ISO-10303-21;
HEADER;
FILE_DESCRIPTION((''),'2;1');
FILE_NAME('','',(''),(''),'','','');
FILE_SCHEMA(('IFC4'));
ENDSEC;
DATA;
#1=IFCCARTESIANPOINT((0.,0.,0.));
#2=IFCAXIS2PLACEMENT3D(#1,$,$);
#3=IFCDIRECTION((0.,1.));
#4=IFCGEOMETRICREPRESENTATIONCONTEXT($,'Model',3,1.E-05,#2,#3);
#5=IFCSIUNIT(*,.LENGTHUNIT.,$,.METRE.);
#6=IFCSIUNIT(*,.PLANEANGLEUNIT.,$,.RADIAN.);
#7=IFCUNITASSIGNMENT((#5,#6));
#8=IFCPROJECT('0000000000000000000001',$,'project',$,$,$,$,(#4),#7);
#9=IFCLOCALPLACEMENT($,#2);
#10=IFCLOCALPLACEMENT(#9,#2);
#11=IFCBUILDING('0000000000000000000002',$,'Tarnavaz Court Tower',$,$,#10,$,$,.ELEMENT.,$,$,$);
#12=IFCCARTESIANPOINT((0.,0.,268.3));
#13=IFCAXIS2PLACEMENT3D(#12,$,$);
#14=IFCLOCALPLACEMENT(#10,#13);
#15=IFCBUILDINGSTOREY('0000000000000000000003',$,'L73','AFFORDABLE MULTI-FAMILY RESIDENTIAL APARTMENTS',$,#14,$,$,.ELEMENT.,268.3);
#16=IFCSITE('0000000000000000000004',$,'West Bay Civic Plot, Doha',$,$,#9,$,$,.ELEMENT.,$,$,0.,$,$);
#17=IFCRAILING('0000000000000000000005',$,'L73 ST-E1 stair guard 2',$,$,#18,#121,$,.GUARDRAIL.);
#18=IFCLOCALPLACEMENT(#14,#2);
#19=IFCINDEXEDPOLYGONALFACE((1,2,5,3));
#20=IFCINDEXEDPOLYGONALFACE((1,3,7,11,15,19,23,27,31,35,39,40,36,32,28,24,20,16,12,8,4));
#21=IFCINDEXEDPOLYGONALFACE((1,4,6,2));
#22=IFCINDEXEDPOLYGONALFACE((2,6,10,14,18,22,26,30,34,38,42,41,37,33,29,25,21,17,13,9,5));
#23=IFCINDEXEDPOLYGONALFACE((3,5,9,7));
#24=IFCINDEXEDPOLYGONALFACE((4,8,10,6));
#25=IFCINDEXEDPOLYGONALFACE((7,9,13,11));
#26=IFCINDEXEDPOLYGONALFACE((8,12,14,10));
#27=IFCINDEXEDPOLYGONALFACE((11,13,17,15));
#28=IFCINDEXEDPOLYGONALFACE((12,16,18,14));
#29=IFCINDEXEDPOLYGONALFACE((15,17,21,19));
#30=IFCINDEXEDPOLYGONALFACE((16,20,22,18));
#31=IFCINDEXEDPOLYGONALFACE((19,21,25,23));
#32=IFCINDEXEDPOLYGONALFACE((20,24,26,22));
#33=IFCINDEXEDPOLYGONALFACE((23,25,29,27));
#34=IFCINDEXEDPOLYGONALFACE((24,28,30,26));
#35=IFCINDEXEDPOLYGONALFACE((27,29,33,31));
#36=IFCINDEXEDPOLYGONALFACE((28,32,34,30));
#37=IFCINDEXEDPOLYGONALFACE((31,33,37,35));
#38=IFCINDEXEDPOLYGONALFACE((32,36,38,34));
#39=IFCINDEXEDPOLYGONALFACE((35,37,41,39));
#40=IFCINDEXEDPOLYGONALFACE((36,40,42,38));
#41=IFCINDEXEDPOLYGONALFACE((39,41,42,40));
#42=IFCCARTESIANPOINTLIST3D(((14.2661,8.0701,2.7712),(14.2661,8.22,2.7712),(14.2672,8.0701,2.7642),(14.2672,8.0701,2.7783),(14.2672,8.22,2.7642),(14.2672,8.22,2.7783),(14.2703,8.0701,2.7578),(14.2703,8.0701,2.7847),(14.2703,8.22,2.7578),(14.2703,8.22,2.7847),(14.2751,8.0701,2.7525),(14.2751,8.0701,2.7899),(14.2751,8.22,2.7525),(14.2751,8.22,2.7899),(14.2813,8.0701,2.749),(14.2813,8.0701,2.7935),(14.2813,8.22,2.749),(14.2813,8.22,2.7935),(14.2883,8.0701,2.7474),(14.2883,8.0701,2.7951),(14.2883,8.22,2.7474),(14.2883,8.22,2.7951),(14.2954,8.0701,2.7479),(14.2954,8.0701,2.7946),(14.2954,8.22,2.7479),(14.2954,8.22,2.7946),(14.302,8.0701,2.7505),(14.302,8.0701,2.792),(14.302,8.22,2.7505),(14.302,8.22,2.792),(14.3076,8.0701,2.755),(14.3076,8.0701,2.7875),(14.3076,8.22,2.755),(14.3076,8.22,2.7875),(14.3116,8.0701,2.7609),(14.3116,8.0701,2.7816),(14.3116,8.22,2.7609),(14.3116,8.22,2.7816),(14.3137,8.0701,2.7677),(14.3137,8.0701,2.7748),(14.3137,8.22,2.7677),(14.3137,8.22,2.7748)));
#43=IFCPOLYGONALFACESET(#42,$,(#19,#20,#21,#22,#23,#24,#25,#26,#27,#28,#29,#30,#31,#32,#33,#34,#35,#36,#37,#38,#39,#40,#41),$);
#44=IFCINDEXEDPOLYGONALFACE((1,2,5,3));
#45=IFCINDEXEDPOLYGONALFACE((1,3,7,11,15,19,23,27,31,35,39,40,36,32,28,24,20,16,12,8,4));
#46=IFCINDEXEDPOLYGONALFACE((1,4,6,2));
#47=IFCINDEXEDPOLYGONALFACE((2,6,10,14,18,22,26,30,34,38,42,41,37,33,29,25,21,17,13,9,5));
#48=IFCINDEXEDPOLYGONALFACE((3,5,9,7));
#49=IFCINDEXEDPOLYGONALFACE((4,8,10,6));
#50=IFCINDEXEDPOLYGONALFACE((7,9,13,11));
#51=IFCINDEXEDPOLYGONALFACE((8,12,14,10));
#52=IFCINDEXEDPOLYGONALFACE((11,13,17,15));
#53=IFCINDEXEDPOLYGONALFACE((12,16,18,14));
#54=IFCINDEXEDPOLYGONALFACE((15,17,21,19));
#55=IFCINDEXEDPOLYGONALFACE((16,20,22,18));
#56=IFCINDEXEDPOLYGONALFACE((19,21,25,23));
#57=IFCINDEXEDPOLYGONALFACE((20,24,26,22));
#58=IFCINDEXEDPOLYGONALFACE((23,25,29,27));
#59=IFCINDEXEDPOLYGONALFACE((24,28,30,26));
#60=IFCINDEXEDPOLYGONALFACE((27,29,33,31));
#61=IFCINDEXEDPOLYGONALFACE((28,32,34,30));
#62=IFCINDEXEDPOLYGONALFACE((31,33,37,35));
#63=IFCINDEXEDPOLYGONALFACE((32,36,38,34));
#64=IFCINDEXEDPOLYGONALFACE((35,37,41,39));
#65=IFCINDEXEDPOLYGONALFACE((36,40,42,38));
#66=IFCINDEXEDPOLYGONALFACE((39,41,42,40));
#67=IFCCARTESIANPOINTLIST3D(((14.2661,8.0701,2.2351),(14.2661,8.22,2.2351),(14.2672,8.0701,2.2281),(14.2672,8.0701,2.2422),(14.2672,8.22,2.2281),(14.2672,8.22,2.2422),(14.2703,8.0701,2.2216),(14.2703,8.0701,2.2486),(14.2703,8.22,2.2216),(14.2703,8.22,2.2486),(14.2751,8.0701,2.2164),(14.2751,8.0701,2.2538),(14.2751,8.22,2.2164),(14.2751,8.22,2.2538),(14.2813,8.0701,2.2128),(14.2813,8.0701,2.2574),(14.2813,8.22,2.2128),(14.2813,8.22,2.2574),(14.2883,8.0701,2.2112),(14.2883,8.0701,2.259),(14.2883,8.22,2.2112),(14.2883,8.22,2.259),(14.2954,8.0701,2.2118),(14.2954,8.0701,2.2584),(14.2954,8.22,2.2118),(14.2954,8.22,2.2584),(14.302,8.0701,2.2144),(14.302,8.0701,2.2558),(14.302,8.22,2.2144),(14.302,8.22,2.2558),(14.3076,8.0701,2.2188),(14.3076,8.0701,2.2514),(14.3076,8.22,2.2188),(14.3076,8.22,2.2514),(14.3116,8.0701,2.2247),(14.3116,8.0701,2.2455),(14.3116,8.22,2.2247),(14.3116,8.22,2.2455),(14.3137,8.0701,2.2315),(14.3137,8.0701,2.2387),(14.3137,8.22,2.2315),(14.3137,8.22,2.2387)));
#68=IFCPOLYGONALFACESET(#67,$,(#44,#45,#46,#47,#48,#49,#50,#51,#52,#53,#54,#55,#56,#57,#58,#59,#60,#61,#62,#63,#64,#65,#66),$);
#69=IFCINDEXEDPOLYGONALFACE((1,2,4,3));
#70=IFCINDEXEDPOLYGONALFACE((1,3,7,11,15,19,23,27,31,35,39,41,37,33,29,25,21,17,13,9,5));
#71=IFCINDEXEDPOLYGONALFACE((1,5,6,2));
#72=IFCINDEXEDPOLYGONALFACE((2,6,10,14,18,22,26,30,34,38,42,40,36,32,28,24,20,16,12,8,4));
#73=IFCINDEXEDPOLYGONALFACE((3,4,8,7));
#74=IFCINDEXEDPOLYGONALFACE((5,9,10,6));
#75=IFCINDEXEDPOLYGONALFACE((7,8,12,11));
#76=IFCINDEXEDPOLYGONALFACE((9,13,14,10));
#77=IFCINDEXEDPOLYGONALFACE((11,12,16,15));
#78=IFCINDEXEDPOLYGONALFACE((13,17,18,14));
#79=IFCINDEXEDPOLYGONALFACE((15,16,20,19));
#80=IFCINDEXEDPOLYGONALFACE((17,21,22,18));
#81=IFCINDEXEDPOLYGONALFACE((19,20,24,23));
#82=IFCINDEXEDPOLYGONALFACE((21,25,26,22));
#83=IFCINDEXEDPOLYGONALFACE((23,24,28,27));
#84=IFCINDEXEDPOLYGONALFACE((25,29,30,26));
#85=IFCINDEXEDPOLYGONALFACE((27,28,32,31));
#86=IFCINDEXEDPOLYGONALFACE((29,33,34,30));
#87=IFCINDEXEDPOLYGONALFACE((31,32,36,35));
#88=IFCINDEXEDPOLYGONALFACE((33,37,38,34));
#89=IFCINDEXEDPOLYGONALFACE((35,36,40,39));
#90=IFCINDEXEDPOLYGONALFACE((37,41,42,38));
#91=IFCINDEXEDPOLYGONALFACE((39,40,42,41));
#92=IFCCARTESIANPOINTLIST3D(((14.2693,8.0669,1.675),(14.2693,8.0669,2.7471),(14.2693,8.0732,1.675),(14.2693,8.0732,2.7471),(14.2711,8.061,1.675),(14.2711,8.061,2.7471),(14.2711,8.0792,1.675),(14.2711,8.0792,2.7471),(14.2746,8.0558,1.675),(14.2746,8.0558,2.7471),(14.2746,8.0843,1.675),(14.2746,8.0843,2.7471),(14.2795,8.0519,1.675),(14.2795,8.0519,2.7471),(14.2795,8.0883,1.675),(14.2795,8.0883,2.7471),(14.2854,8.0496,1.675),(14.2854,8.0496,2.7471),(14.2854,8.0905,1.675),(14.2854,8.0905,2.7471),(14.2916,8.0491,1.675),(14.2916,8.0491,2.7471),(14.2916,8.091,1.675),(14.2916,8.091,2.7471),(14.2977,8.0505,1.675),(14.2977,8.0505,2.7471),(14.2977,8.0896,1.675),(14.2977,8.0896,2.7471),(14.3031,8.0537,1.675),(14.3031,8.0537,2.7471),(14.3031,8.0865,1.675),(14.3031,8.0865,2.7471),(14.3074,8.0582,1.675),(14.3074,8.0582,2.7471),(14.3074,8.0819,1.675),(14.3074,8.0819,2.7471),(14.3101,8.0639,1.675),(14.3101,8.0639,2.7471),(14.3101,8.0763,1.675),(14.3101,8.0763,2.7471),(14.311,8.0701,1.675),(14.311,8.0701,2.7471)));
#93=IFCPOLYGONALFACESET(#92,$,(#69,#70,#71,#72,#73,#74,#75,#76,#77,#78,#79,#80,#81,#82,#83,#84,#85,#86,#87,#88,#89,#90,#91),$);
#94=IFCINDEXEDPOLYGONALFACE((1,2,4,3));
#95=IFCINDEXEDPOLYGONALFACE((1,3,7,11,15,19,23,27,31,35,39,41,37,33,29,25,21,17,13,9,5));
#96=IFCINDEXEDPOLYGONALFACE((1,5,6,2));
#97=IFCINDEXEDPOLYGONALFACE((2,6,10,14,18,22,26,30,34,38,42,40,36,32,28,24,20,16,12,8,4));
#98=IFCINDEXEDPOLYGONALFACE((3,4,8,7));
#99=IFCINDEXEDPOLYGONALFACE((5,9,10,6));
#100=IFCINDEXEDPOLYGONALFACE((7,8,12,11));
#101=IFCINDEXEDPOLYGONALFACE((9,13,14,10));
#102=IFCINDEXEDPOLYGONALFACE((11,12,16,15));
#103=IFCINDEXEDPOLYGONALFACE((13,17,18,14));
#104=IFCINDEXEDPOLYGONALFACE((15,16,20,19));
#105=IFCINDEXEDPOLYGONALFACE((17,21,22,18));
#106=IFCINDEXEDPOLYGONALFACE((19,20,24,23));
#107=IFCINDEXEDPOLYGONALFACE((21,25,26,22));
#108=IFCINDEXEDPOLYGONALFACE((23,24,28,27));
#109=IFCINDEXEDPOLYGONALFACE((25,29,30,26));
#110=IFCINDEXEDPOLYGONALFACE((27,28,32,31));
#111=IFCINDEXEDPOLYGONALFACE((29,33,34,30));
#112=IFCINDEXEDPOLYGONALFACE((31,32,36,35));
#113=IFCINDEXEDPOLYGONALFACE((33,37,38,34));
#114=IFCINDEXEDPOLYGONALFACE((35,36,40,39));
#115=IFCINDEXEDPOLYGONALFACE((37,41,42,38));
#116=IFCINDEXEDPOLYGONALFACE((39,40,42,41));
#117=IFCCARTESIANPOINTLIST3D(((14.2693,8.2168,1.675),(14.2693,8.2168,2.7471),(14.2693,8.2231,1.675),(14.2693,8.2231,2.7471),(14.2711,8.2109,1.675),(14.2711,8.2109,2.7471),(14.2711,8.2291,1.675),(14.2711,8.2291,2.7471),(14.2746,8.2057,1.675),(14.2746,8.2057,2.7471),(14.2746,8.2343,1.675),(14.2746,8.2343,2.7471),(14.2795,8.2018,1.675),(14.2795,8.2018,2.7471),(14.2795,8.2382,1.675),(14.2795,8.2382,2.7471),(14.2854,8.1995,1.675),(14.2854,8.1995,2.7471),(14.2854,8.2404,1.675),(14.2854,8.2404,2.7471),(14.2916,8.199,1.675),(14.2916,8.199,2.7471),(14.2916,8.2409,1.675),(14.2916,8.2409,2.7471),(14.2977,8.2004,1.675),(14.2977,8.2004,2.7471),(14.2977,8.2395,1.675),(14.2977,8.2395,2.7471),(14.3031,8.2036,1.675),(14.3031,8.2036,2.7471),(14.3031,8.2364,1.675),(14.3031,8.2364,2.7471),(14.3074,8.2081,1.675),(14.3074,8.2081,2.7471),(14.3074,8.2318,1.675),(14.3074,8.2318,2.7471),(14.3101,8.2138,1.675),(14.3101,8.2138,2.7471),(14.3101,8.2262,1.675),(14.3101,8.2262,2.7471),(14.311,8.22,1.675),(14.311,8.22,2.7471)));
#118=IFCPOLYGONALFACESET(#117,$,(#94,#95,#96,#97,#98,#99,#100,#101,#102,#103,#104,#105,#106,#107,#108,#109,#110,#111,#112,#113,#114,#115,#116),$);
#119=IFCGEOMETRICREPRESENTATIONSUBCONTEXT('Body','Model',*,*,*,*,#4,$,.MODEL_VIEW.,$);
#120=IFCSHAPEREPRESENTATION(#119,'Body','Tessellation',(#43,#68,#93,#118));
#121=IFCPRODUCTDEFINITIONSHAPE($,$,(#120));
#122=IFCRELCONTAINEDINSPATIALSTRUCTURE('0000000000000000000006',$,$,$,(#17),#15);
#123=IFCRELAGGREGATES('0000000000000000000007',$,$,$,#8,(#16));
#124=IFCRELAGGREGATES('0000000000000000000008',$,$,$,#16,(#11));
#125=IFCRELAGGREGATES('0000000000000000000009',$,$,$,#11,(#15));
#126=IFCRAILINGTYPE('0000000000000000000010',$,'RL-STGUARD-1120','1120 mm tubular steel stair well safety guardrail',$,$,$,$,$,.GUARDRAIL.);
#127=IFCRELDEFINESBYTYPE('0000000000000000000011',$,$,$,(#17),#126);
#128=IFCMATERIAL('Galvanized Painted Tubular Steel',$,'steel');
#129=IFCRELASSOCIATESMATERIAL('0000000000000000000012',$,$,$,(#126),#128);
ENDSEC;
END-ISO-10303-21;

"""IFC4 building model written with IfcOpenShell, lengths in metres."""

from ifc_helpers import new_model, si_unit, direction, frame, origin, origin_2d, place, context, subcontext, project, spatial, circle, extrude, material, type_object, element, save


model = new_model("IFC4")

# Units and contexts
model_context = context("Model", 3, precision=1e-05, world=origin(), true_north=direction((0.0, 1.0)))
body_context = subcontext(model_context, "Body", "Model", "MODEL_VIEW")
ifc_project = project(units=[si_unit("LENGTHUNIT", "METRE"), si_unit("PLANEANGLEUNIT", "RADIAN")], contexts=[model_context])

# Site, building, storey
site_placement = place(None, origin())
site = spatial("IfcSite", under=ifc_project, at=site_placement, Name="West Bay Civic Plot, Doha", CompositionType="ELEMENT", RefElevation=0.0)
building_placement = place(site_placement, origin())
building = spatial("IfcBuilding", under=site, at=building_placement, Name="Tarnavaz Court Tower", CompositionType="ELEMENT")
storey_placement = place(building_placement, frame((0.0, 0.0, 268.3)))
storey = spatial("IfcBuildingStorey", under=building, at=storey_placement, Name="L73", Description="AFFORDABLE MULTI-FAMILY RESIDENTIAL APARTMENTS", CompositionType="ELEMENT", Elevation=268.3)

# Railing
ifc_material_1 = material(Name="Galvanized Painted Tubular Steel", Category="steel")
railing_type_1 = type_object("IfcRailingType", Name="RL-STGUARD-1120", Description="1120 mm tubular steel stair well safety guardrail", PredefinedType="GUARDRAIL", material=ifc_material_1)
railing_1_placement = place(storey_placement, frame((14.29, 8.0701, 1.675)))
element("IfcRailing", 1, at=railing_1_placement, inside=storey, type_object=railing_type_1, Name="L73 ST-E1 stair guard 2", PredefinedType="GUARDRAIL", context=body_context, shape_type="SweptSolid", body=[
    extrude(circle(Radius=0.0239, at=origin_2d()), frame((0.0, 0.0, 1.0962), z_axis=(0.0, 1.0, 0.0), x_axis=(-1.0, 0.0, 0.0)), (0.0, 0.0, 1.0), 0.1499),
    extrude(circle(Radius=0.0239, at=origin_2d()), frame((0.0, 0.0, 0.5601), z_axis=(0.0, 1.0, 0.0), x_axis=(-1.0, 0.0, 0.0)), (0.0, 0.0, 1.0), 0.1499),
    extrude(circle(Radius=0.021, at=origin_2d()), origin(), (0.0, 0.0, 1.0), 1.072),
    extrude(circle(Radius=0.021, at=origin_2d()), frame((0.0, 0.1499, 0.0)), (0.0, 0.0, 1.0), 1.072),
])

save(model, "model.ifc")
